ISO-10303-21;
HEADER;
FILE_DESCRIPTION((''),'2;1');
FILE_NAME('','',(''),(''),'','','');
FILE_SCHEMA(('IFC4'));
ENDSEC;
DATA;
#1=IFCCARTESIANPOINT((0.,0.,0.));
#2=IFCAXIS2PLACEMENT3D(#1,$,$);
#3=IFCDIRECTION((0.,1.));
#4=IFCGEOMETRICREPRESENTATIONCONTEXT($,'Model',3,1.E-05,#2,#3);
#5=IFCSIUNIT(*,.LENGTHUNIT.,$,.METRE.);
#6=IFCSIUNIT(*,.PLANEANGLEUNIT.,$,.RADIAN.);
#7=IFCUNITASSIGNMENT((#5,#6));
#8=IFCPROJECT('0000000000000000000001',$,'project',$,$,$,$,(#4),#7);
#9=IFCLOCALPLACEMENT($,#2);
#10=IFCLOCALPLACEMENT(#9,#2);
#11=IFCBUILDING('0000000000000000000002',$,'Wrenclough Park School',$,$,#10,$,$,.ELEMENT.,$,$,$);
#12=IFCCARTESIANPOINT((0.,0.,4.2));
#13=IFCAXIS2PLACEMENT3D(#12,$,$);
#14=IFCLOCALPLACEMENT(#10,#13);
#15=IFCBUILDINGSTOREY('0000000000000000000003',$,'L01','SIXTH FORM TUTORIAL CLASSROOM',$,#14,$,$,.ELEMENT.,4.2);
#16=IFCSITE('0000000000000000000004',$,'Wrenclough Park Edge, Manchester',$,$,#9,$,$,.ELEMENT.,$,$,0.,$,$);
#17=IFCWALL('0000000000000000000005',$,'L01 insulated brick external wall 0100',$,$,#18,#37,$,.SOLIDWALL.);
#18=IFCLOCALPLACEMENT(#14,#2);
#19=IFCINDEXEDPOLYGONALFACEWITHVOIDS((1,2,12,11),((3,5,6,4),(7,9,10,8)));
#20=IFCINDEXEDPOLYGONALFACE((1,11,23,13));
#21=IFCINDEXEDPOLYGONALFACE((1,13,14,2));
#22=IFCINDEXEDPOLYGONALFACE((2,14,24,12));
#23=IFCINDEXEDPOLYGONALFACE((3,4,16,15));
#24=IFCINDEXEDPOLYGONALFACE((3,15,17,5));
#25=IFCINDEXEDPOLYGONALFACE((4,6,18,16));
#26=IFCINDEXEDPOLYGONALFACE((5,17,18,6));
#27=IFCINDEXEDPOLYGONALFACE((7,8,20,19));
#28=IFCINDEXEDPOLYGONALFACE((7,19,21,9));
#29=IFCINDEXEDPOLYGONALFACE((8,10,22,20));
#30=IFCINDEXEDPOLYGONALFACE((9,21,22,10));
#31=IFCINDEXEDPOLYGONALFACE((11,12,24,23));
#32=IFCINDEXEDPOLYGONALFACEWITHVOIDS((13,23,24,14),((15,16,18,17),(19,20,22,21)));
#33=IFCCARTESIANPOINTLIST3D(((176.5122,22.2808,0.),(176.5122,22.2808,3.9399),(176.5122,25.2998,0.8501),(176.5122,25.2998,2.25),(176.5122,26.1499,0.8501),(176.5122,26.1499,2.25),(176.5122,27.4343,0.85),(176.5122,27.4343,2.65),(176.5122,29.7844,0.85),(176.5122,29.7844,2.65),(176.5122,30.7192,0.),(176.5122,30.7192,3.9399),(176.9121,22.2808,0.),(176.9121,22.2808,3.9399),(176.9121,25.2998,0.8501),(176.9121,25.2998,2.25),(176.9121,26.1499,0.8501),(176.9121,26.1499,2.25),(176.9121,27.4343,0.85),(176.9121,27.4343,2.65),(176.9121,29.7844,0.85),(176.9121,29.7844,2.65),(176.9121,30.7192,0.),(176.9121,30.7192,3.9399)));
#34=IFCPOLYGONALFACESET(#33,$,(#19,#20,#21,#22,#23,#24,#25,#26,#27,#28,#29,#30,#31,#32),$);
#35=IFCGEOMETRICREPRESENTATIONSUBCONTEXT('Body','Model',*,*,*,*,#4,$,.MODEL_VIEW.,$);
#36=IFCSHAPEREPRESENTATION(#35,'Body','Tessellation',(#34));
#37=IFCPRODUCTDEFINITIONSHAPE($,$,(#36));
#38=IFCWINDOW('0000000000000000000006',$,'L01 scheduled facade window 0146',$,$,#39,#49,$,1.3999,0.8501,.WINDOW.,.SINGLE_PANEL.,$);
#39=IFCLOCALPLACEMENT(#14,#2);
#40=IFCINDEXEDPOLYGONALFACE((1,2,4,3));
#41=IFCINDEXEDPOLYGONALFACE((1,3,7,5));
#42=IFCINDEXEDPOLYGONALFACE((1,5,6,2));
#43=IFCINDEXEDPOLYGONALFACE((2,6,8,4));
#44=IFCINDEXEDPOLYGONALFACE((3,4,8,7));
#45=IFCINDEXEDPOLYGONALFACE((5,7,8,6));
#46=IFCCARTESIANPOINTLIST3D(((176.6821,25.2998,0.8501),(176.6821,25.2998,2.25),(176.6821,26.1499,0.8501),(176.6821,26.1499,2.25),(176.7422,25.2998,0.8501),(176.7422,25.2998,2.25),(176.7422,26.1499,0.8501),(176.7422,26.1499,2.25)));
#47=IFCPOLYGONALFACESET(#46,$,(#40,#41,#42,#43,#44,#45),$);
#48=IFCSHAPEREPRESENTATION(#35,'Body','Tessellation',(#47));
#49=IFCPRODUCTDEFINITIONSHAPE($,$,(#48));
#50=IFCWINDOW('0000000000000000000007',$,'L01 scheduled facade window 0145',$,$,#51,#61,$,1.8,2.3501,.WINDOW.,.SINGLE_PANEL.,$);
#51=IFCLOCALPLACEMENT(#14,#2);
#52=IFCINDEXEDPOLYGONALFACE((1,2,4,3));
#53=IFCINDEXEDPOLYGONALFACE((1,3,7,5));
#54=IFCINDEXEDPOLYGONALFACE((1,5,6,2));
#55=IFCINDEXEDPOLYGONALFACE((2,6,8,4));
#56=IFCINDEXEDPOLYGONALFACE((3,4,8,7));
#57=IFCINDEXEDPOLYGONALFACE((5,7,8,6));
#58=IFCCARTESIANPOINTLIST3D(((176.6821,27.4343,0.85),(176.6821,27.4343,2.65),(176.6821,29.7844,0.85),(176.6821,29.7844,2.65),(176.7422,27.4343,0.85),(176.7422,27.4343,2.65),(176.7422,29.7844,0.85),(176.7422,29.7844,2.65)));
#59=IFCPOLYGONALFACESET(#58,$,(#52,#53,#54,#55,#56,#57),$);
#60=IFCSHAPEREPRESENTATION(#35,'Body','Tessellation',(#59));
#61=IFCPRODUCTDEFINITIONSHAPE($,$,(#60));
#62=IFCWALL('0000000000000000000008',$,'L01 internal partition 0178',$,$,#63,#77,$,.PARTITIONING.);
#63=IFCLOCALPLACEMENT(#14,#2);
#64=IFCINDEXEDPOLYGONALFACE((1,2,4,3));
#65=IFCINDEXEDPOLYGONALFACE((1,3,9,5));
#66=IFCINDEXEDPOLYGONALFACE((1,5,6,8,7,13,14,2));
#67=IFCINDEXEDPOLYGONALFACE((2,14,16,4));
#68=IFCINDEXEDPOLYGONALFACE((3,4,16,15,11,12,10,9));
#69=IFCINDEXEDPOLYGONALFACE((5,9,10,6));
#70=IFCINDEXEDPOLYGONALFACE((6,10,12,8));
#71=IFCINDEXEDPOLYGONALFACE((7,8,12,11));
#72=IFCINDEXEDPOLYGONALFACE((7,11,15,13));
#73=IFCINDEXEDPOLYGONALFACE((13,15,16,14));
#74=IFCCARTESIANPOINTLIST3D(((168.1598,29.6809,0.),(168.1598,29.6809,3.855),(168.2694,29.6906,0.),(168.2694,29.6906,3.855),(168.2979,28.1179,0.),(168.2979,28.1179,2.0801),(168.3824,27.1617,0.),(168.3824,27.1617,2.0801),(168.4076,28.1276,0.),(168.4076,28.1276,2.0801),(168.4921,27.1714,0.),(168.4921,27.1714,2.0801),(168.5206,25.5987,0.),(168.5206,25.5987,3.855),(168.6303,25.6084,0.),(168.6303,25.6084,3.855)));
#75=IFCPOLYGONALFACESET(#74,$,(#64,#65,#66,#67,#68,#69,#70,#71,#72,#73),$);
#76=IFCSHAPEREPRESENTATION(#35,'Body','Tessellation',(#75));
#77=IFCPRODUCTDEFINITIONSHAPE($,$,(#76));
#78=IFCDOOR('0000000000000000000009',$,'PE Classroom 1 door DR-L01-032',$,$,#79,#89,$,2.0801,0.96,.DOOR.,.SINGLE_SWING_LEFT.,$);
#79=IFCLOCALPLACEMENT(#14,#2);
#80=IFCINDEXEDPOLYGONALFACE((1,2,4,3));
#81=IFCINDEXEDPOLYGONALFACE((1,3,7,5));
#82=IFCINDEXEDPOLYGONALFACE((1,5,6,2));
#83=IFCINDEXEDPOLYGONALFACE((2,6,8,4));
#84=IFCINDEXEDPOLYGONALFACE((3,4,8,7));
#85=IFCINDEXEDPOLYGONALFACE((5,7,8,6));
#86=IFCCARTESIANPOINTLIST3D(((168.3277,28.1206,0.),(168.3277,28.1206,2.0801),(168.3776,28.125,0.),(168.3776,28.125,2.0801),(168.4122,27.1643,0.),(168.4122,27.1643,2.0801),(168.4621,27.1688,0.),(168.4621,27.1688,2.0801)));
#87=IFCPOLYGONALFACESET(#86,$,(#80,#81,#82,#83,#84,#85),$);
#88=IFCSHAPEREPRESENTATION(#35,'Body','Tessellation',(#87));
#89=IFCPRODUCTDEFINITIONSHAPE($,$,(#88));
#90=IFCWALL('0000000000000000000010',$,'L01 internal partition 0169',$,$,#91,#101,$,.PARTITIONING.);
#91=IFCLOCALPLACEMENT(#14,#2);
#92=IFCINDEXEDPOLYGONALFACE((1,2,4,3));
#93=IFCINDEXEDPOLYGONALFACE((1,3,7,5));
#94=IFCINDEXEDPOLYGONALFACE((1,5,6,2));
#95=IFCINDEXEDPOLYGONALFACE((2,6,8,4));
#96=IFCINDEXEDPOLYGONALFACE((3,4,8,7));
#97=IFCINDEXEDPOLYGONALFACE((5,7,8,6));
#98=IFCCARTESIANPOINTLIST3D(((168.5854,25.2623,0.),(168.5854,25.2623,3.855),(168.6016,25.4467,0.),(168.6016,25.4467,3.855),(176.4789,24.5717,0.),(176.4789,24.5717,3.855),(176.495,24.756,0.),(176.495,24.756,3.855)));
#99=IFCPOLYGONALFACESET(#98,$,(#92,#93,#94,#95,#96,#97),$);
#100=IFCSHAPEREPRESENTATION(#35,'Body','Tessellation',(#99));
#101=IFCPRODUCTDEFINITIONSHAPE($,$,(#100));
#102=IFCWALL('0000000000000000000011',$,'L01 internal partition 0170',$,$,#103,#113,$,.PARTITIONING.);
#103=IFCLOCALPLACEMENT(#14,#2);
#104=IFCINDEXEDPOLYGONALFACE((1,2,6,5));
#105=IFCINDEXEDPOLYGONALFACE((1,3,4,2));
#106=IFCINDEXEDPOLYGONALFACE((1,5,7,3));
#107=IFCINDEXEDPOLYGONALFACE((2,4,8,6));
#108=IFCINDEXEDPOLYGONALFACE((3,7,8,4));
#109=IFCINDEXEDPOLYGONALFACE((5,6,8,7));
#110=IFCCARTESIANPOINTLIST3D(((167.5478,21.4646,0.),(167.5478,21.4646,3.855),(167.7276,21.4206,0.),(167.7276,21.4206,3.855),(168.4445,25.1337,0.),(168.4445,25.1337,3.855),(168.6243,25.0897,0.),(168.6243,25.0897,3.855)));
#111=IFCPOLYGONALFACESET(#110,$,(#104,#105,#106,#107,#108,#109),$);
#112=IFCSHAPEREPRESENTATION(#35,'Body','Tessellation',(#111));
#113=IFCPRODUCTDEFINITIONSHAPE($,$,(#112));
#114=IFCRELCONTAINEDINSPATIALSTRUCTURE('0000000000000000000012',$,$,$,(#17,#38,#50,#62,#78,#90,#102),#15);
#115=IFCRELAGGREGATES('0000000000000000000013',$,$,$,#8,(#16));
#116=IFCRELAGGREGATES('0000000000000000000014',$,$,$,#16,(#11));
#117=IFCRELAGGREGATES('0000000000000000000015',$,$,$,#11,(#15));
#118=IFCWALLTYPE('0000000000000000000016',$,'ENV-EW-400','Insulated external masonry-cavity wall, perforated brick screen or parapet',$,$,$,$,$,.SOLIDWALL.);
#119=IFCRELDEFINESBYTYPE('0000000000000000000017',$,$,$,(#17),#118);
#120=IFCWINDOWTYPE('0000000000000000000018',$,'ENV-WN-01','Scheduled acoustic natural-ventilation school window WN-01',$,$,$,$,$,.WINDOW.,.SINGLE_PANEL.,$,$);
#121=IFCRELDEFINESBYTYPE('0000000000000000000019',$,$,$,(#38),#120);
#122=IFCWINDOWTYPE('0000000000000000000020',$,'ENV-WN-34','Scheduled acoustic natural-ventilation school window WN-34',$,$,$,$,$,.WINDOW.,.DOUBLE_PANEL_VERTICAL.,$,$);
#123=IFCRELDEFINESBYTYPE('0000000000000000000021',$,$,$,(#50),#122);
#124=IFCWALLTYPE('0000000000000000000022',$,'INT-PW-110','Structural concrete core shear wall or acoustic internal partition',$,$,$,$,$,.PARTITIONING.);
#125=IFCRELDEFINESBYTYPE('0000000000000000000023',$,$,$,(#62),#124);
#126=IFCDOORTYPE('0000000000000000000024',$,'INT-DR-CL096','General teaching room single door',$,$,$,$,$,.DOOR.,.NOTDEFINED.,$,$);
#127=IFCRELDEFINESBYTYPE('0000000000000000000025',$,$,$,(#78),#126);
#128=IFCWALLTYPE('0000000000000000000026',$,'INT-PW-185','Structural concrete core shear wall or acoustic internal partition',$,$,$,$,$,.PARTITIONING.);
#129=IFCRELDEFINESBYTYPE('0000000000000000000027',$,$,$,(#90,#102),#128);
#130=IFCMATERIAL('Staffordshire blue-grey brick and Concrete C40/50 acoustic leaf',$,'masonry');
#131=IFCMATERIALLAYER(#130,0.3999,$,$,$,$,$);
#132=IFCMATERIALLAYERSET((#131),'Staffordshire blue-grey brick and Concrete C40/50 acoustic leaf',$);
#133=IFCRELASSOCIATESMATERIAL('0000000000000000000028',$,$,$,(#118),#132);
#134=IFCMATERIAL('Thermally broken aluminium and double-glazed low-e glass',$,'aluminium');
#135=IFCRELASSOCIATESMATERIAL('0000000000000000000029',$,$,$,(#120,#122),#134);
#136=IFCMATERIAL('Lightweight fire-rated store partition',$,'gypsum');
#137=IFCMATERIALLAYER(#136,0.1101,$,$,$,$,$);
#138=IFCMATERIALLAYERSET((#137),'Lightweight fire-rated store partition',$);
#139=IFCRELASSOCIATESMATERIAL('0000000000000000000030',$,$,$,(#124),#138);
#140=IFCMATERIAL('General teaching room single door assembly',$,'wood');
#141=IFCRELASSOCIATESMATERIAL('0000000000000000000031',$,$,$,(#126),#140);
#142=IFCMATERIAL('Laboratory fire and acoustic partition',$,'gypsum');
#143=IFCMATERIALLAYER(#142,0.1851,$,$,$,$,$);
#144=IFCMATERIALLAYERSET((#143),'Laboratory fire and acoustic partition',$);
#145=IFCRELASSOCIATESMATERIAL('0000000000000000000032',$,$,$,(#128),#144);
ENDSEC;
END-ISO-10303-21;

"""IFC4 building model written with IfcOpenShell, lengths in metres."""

from ifc_helpers import new_model, si_unit, direction, frame, frame_2d, origin, place, context, subcontext, project, spatial, rectangle, extrude, material, layer, layer_set, type_object, element, fill, save


model = new_model("IFC4")

# Units and contexts
model_context = context("Model", 3, precision=1e-05, world=origin(), true_north=direction((0.0, 1.0)))
body_context = subcontext(model_context, "Body", "Model", "MODEL_VIEW")
ifc_project = project(units=[si_unit("LENGTHUNIT", "METRE"), si_unit("PLANEANGLEUNIT", "RADIAN")], contexts=[model_context])

# Site, building, storey
site_placement = place(None, origin())
site = spatial("IfcSite", under=ifc_project, at=site_placement, Name="Wrenclough Park Edge, Manchester", CompositionType="ELEMENT", RefElevation=0.0)
building_placement = place(site_placement, origin())
building = spatial("IfcBuilding", under=site, at=building_placement, Name="Wrenclough Park School", CompositionType="ELEMENT")
storey_placement = place(building_placement, frame((0.0, 0.0, 4.2)))
storey = spatial("IfcBuildingStorey", under=building, at=storey_placement, Name="L01", Description="SIXTH FORM TUTORIAL CLASSROOM", CompositionType="ELEMENT", Elevation=4.2)

# Wall, openings, windows
ifc_material_1 = material(Name="Staffordshire blue-grey brick and Concrete C40/50 acoustic leaf", Category="masonry")
ifc_layer_1 = layer(ifc_material_1, 0.3999)
ifc_layer_set_1 = layer_set([ifc_layer_1], Name="Staffordshire blue-grey brick and Concrete C40/50 acoustic leaf")
wall_type_1 = type_object("IfcWallType", Name="ENV-EW-400", Description="Insulated external masonry-cavity wall, perforated brick screen or parapet", PredefinedType="SOLIDWALL", material=ifc_layer_set_1)
wall_1_placement = place(storey_placement, frame((176.7122, 30.7192, 0.0), z_axis=(0.0, 0.0, 1.0), x_axis=(0.0, -1.0, 0.0)))
wall_1 = element("IfcWall", 1, at=wall_1_placement, inside=storey, type_object=wall_type_1, Name="L01 insulated brick external wall 0100", PredefinedType="SOLIDWALL", context=body_context, shape_type="SweptSolid", body=[
    extrude(rectangle(XDim=8.4385, YDim=0.3999, at=frame_2d((4.2192, 0.0))), origin(), (0.0, 0.0, 1.0), 3.9399),
])
opening_1_placement = place(wall_1_placement, frame((0.9348, 0.0, 0.8501)))
opening_1 = element("IfcOpeningElement", 2, at=opening_1_placement, cuts=wall_1, PredefinedType="OPENING", context=body_context, shape_type="SweptSolid", body=[
    extrude(rectangle(XDim=2.3501, YDim=1.8, at=frame_2d((1.175, 0.8999))), frame((0.0, 0.21, 0.0), z_axis=(0.0, -1.0, 0.0), x_axis=(1.0, 0.0, 0.0)), (0.0, 0.0, 1.0), 0.4199),
])
opening_2_placement = place(wall_1_placement, frame((4.5693, 0.0, 0.8501)))
opening_2 = element("IfcOpeningElement", 3, at=opening_2_placement, cuts=wall_1, PredefinedType="OPENING", context=body_context, shape_type="SweptSolid", body=[
    extrude(rectangle(XDim=0.8501, YDim=1.3999, at=frame_2d((0.425, 0.7))), frame((0.0, 0.21, 0.0), z_axis=(0.0, -1.0, 0.0), x_axis=(1.0, 0.0, 0.0)), (0.0, 0.0, 1.0), 0.4199),
])
ifc_material_2 = material(Name="Thermally broken aluminium and double-glazed low-e glass", Category="aluminium")
window_type_1 = type_object("IfcWindowType", Name="ENV-WN-01", Description="Scheduled acoustic natural-ventilation school window WN-01", PartitioningType="SINGLE_PANEL", PredefinedType="WINDOW", material=ifc_material_2)
window_1_placement = place(opening_2_placement, origin())
window_1 = element("IfcWindow", 4, at=window_1_placement, inside=storey, type_object=window_type_1, Name="L01 scheduled facade window 0146", OverallHeight=1.3999, OverallWidth=0.8501, PartitioningType="SINGLE_PANEL", PredefinedType="WINDOW", context=body_context, shape_type="SweptSolid", body=[
    extrude(rectangle(XDim=0.8501, YDim=1.3999, at=frame_2d((0.425, 0.7))), frame((0.0, 0.03, 0.0), z_axis=(0.0, -1.0, 0.0), x_axis=(1.0, 0.0, 0.0)), (0.0, 0.0, 1.0), 0.0601),
])
fill(opening_2, window_1)
window_type_2 = type_object("IfcWindowType", Name="ENV-WN-34", Description="Scheduled acoustic natural-ventilation school window WN-34", PartitioningType="DOUBLE_PANEL_VERTICAL", PredefinedType="WINDOW", material=ifc_material_2)
window_2_placement = place(opening_1_placement, origin())
window_2 = element("IfcWindow", 5, at=window_2_placement, inside=storey, type_object=window_type_2, Name="L01 scheduled facade window 0145", OverallHeight=1.8, OverallWidth=2.3501, PartitioningType="SINGLE_PANEL", PredefinedType="WINDOW", context=body_context, shape_type="SweptSolid", body=[
    extrude(rectangle(XDim=2.3501, YDim=1.8, at=frame_2d((1.175, 0.8999))), frame((0.0, 0.03, 0.0), z_axis=(0.0, -1.0, 0.0), x_axis=(1.0, 0.0, 0.0)), (0.0, 0.0, 1.0), 0.0601),
])
fill(opening_1, window_2)

# Wall, opening, door
ifc_material_3 = material(Name="Lightweight fire-rated store partition", Category="gypsum")
ifc_layer_2 = layer(ifc_material_3, 0.1101)
ifc_layer_set_2 = layer_set([ifc_layer_2], Name="Lightweight fire-rated store partition")
wall_type_2 = type_object("IfcWallType", Name="INT-PW-110", Description="Structural concrete core shear wall or acoustic internal partition", PredefinedType="PARTITIONING", material=ifc_layer_set_2)
wall_2_placement = place(storey_placement, frame((168.2146, 29.6858, 0.0), z_axis=(0.0, 0.0, 1.0), x_axis=(0.088049, -0.996116, 0.0)))
wall_2 = element("IfcWall", 6, at=wall_2_placement, inside=storey, type_object=wall_type_2, Name="L01 internal partition 0178", PredefinedType="PARTITIONING", context=body_context, shape_type="SweptSolid", body=[
    extrude(rectangle(XDim=4.0981, YDim=0.1101, at=frame_2d((2.0491, 0.0))), origin(), (0.0, 0.0, 1.0), 3.855),
])
opening_3_placement = place(wall_2_placement, frame((1.5691, 0.0, 0.0)))
opening_3 = element("IfcOpeningElement", 7, at=opening_3_placement, cuts=wall_2, PredefinedType="OPENING", context=body_context, shape_type="SweptSolid", body=[
    extrude(rectangle(XDim=0.96, YDim=2.0801, at=frame_2d((0.48, 1.04))), frame((0.0, 0.0649, 0.0), z_axis=(0.0, -1.0, 0.0), x_axis=(1.0, 0.0, 0.0)), (0.0, 0.0, 1.0), 0.1301),
])
ifc_material_4 = material(Name="General teaching room single door assembly", Category="wood")
door_type = type_object("IfcDoorType", Name="INT-DR-CL096", Description="General teaching room single door", OperationType="NOTDEFINED", PredefinedType="DOOR", material=ifc_material_4)
door_placement = place(opening_3_placement, origin())
door = element("IfcDoor", 8, at=door_placement, inside=storey, type_object=door_type, Name="PE Classroom 1 door DR-L01-032", OperationType="SINGLE_SWING_LEFT", OverallHeight=2.0801, OverallWidth=0.96, PredefinedType="DOOR", context=body_context, shape_type="SweptSolid", body=[
    extrude(rectangle(XDim=0.96, YDim=2.0801, at=frame_2d((0.48, 1.04))), frame((0.0, 0.0249, 0.0), z_axis=(0.0, -1.0, 0.0), x_axis=(1.0, 0.0, 0.0)), (0.0, 0.0, 1.0), 0.05),
])
fill(opening_3, door)

# Walls
ifc_material_5 = material(Name="Laboratory fire and acoustic partition", Category="gypsum")
ifc_layer_3 = layer(ifc_material_5, 0.1851)
ifc_layer_set_3 = layer_set([ifc_layer_3], Name="Laboratory fire and acoustic partition")
wall_type_3 = type_object("IfcWallType", Name="INT-PW-185", Description="Structural concrete core shear wall or acoustic internal partition", PredefinedType="PARTITIONING", material=ifc_layer_set_3)
wall_3_placement = place(storey_placement, frame((176.4871, 24.6638, 0.0), z_axis=(0.0, 0.0, 1.0), x_axis=(-0.996194, 0.087168, 0.0)))
element("IfcWall", 9, at=wall_3_placement, inside=storey, type_object=wall_type_3, Name="L01 internal partition 0169", PredefinedType="PARTITIONING", context=body_context, shape_type="SweptSolid", body=[
    extrude(rectangle(XDim=7.9236, YDim=0.1851, at=frame_2d((3.9619, 0.0))), origin(), (0.0, 0.0, 1.0), 3.855),
])
wall_4_placement = place(storey_placement, frame((168.5344, 25.1118, 0.0), z_axis=(0.0, 0.0, 1.0), x_axis=(-0.237407, -0.97141, 0.0)))
element("IfcWall", 10, at=wall_4_placement, inside=storey, type_object=wall_type_3, Name="L01 internal partition 0170", PredefinedType="PARTITIONING", context=body_context, shape_type="SweptSolid", body=[
    extrude(rectangle(XDim=3.7771, YDim=0.1851, at=frame_2d((1.8887, 0.0))), origin(), (0.0, 0.0, 1.0), 3.855),
])

save(model, "model.ifc")
